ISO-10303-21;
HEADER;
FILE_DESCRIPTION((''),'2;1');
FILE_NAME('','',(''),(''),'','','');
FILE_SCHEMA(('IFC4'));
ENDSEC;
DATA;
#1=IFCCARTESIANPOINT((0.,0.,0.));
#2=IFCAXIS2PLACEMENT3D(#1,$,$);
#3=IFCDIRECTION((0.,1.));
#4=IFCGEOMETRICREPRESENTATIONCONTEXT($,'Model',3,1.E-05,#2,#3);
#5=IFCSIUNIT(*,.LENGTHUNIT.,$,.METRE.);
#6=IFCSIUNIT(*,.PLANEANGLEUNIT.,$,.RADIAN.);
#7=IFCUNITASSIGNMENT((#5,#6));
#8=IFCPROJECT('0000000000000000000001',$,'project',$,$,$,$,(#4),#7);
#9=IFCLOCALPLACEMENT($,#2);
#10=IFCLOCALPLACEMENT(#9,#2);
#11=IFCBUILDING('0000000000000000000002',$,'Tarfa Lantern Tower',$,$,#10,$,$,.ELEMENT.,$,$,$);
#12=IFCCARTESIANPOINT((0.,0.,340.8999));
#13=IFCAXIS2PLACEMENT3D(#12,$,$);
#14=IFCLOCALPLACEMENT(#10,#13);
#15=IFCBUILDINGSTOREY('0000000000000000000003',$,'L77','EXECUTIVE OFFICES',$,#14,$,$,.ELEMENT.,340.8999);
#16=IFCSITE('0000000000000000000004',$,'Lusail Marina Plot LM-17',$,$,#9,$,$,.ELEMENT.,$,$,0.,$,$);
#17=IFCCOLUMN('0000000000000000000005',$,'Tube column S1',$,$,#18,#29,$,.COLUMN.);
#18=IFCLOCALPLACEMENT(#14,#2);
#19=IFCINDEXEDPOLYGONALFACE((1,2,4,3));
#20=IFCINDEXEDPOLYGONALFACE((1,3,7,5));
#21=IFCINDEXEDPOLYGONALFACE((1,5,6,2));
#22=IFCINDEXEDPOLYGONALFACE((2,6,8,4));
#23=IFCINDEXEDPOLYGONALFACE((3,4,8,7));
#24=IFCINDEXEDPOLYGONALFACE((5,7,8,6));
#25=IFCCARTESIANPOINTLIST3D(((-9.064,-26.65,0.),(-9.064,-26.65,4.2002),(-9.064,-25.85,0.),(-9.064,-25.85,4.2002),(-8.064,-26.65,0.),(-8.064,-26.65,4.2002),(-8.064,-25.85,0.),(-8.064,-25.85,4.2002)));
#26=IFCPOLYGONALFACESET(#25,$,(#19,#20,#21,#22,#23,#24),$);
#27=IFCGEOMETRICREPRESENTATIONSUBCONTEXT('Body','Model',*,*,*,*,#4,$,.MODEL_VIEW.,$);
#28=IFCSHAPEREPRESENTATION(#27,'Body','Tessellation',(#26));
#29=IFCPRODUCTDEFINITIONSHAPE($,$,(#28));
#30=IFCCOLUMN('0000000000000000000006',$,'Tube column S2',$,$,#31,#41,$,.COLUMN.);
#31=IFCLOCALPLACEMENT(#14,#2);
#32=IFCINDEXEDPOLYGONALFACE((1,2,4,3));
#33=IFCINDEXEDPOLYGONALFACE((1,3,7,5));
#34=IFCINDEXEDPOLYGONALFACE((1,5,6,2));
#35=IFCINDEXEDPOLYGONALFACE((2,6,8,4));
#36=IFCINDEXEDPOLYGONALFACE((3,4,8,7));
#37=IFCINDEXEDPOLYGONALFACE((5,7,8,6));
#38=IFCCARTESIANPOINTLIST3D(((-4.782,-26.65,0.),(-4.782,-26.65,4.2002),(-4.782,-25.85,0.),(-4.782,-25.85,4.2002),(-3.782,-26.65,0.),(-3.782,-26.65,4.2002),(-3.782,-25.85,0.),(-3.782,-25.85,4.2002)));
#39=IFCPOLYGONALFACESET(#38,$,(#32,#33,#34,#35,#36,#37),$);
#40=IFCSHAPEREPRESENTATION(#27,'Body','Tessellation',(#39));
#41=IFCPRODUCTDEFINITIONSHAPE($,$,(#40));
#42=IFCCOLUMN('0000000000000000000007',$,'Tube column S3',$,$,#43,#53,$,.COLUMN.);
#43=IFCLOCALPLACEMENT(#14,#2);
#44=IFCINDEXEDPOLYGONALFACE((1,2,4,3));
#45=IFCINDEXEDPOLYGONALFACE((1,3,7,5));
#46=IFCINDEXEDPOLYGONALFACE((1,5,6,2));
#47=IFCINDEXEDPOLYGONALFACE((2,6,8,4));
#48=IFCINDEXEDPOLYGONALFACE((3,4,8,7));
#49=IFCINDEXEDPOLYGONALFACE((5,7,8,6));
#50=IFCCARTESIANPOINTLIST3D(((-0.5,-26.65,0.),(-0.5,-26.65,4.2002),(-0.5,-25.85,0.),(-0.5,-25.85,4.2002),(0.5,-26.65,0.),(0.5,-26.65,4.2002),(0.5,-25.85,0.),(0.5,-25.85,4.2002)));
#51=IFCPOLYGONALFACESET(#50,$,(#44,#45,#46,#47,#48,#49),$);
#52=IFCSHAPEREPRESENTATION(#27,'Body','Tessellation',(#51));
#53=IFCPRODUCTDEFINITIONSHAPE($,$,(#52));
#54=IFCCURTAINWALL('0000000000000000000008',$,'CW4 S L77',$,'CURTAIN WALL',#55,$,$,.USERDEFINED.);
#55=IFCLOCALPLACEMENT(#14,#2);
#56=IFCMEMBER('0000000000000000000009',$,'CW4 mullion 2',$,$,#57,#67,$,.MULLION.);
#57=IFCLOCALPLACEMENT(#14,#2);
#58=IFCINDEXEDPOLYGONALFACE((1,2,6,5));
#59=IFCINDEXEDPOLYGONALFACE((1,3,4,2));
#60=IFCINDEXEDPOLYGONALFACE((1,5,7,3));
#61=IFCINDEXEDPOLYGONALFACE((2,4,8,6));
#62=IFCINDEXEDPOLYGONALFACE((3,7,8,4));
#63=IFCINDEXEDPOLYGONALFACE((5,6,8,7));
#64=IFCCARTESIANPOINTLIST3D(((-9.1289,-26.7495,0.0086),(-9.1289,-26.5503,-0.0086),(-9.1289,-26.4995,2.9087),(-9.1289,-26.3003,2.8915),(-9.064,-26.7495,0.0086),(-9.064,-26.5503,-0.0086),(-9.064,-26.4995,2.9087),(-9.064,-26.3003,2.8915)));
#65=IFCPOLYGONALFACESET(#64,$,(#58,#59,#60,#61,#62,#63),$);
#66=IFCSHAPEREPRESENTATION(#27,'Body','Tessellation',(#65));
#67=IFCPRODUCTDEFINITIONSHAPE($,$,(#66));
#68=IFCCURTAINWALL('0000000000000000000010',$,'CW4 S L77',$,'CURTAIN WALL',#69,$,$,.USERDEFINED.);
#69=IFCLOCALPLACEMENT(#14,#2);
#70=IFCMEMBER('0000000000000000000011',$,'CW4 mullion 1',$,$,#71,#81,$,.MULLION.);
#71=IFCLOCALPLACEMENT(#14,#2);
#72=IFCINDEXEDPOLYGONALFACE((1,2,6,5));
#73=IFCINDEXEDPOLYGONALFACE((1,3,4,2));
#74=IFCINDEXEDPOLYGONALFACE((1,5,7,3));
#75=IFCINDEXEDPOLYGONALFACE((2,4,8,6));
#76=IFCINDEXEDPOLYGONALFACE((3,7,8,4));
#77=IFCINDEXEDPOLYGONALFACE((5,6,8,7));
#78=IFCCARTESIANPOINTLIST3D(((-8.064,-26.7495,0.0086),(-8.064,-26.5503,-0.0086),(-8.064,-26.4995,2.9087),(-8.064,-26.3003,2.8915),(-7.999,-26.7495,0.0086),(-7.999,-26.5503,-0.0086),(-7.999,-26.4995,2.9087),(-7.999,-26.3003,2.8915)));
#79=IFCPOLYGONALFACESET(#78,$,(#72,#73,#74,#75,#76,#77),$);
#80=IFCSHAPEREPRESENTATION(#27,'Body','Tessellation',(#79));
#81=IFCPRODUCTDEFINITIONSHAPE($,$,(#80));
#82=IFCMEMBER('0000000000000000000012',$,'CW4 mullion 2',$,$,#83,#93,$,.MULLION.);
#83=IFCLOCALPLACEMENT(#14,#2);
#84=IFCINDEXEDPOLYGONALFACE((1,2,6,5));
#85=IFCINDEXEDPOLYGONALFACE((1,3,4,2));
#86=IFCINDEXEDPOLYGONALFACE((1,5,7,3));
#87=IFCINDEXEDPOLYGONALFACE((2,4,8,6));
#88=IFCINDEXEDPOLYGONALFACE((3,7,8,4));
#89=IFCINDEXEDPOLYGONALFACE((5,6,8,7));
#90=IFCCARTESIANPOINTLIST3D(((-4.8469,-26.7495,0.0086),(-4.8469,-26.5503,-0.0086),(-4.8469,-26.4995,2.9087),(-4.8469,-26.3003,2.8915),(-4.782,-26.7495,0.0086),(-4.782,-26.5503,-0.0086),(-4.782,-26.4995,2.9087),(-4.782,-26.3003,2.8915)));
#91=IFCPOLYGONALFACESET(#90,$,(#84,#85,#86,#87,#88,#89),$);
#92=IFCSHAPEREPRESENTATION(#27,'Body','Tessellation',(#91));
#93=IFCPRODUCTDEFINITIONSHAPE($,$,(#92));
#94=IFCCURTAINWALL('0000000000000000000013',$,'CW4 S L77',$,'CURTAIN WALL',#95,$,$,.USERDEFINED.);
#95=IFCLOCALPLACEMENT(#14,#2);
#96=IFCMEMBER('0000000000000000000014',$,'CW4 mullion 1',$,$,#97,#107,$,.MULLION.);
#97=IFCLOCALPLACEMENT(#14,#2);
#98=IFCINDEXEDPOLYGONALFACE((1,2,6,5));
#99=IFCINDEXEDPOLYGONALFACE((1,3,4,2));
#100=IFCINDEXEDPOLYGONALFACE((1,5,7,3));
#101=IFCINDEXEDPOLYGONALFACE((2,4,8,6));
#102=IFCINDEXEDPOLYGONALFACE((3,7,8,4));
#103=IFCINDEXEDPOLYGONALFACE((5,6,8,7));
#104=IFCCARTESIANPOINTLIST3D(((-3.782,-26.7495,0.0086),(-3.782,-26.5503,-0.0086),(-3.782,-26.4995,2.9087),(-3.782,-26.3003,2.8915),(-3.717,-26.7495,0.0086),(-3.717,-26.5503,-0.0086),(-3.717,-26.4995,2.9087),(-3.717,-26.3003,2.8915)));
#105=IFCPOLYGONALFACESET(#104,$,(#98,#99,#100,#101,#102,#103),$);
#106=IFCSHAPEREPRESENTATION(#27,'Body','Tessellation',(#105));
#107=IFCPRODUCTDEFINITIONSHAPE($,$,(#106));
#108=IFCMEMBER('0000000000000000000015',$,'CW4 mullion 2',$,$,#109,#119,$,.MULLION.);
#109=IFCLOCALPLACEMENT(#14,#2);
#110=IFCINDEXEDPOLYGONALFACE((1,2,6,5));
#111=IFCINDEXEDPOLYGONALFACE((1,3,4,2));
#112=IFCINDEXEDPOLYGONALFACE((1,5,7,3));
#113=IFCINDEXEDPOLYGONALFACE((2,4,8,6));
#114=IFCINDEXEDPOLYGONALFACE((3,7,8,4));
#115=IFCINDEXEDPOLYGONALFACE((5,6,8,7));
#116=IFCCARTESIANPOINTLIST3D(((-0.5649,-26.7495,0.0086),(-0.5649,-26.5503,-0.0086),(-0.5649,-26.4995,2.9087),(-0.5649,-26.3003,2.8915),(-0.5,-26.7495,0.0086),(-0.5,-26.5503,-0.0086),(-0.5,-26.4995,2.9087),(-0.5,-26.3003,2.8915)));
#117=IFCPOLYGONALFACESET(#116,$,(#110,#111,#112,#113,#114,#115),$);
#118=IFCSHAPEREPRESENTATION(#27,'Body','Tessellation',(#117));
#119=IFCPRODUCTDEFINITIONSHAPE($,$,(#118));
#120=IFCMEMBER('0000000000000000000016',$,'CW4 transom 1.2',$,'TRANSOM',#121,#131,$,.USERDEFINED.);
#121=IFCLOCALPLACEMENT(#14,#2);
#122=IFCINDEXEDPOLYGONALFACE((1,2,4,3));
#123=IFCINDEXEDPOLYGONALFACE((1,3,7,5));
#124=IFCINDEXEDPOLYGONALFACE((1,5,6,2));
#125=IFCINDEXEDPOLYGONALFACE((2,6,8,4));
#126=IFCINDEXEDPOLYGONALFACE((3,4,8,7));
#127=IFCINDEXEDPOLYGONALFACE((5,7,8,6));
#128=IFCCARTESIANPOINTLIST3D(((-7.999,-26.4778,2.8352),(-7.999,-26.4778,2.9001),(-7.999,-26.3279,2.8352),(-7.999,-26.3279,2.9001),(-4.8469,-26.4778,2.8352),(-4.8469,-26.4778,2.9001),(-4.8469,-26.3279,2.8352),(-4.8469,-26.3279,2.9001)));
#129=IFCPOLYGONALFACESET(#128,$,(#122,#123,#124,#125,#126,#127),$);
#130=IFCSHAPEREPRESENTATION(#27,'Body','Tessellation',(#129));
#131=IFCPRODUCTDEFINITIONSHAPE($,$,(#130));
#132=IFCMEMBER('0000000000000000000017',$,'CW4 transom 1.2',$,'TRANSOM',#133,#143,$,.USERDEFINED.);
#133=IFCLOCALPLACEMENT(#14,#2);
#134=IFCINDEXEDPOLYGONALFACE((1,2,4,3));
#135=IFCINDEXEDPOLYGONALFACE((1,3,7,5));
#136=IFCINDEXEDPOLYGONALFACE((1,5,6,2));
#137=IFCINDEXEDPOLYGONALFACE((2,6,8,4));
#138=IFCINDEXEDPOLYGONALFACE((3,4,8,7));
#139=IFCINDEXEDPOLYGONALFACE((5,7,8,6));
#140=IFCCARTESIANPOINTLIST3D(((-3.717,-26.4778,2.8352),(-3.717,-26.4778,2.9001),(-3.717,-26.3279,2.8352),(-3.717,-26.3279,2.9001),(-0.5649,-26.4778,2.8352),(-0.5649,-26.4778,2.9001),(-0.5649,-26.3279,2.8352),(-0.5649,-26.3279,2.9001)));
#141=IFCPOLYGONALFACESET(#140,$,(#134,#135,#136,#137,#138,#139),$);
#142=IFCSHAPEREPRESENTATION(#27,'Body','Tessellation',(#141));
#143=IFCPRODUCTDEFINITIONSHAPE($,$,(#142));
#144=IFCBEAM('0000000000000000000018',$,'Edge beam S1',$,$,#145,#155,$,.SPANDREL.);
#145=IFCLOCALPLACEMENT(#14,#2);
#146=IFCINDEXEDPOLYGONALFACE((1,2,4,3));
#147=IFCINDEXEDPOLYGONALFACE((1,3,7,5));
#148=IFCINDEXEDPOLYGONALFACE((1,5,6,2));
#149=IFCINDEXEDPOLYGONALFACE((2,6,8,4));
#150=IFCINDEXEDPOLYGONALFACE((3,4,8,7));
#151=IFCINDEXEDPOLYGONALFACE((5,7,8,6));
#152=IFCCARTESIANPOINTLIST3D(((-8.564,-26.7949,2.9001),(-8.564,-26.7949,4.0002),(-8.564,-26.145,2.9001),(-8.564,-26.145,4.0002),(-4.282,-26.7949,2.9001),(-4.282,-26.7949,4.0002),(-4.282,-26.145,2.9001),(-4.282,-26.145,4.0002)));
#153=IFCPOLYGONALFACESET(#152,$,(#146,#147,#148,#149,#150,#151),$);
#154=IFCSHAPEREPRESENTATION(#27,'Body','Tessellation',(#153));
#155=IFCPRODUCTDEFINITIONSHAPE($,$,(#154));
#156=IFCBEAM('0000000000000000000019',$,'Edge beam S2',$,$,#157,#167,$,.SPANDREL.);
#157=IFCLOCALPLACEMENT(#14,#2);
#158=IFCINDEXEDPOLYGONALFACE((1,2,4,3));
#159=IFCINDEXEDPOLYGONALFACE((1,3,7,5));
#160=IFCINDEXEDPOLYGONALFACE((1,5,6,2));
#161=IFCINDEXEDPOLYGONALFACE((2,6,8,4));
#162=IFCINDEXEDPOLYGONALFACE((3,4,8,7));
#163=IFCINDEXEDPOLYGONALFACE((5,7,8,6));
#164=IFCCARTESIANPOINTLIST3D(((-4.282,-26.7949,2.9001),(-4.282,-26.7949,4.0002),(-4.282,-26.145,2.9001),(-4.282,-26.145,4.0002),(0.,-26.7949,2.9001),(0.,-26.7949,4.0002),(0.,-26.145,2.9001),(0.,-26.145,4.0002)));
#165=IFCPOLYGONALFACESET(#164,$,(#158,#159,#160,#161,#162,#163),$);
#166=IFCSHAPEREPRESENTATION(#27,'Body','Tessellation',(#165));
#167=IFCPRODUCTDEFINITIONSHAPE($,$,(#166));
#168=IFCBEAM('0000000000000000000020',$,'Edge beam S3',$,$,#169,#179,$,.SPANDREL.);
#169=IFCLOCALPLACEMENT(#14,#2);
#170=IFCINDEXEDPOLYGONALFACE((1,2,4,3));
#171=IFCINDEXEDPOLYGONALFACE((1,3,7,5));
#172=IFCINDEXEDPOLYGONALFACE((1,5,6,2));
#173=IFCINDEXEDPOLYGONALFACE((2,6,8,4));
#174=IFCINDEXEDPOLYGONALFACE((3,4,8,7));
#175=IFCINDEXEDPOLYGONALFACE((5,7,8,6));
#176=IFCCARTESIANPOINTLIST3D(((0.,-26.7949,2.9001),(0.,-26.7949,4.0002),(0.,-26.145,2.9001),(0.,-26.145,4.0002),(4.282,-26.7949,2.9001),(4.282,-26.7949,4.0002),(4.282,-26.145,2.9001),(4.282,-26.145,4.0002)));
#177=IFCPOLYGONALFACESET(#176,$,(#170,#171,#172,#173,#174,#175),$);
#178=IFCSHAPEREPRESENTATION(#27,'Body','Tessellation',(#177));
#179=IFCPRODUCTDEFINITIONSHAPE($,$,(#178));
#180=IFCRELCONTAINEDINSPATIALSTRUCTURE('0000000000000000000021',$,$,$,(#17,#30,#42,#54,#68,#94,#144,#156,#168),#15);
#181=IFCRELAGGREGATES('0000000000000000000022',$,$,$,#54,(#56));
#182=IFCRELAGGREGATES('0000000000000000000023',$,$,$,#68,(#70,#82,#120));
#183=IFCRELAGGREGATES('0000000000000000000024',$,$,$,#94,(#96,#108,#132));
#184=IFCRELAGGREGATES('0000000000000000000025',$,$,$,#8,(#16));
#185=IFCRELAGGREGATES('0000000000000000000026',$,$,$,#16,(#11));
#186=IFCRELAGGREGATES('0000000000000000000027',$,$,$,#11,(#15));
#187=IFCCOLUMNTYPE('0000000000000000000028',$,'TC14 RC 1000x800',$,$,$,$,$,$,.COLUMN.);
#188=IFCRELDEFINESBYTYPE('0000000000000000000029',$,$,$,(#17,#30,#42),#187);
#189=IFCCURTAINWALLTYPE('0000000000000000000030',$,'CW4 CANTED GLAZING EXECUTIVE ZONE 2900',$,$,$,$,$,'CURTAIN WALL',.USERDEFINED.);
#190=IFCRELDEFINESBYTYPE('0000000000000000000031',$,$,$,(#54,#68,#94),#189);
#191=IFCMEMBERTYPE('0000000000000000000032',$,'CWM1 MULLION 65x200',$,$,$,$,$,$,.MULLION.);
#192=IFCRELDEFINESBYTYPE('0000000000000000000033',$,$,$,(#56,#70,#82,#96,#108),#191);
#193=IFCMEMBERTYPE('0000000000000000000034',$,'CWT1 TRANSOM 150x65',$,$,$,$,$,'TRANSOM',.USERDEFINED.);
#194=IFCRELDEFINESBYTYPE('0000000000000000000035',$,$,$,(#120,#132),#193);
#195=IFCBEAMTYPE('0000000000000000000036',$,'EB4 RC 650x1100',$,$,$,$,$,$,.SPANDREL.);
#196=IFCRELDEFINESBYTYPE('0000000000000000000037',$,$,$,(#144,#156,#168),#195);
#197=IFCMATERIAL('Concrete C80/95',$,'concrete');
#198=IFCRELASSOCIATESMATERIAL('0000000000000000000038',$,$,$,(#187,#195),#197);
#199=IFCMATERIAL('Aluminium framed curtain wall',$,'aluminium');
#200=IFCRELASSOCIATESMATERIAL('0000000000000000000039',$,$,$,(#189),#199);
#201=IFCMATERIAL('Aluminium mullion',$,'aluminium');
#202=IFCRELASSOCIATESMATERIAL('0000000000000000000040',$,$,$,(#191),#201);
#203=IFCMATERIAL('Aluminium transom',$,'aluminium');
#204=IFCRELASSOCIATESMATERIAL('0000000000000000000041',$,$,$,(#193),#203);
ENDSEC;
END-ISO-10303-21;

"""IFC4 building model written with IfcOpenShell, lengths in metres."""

from ifc_helpers import new_model, si_unit, direction, frame, origin, origin_2d, place, context, subcontext, project, spatial, rectangle, extrude, material, material_profile, profile_set, type_object, element, aggregate, save


model = new_model("IFC4")

# Units and contexts
model_context = context("Model", 3, precision=1e-05, world=origin(), true_north=direction((0.0, 1.0)))
body_context = subcontext(model_context, "Body", "Model", "MODEL_VIEW")
ifc_project = project(units=[si_unit("LENGTHUNIT", "METRE"), si_unit("PLANEANGLEUNIT", "RADIAN")], contexts=[model_context])

# Site, building, storey
site_placement = place(None, origin())
site = spatial("IfcSite", under=ifc_project, at=site_placement, Name="Lusail Marina Plot LM-17", CompositionType="ELEMENT", RefElevation=0.0)
building_placement = place(site_placement, origin())
building = spatial("IfcBuilding", under=site, at=building_placement, Name="Tarfa Lantern Tower", CompositionType="ELEMENT")
storey_placement = place(building_placement, frame((0.0, 0.0, 340.8999)))
storey = spatial("IfcBuildingStorey", under=building, at=storey_placement, Name="L77", Description="EXECUTIVE OFFICES", CompositionType="ELEMENT", Elevation=340.8999)

# Columns
ifc_material_1 = material(Name="Concrete C80/95", Category="concrete")
ifc_material_profile_1 = material_profile(ifc_material_1, rectangle(XDim=1.0, YDim=0.8, at=origin_2d()), Name="RC 1000x800")
ifc_profile_set_1 = profile_set([ifc_material_profile_1], Name="Concrete C80/95")
column_type = type_object("IfcColumnType", Name="TC14 RC 1000x800", PredefinedType="COLUMN", material=ifc_profile_set_1)
for number, where, z_axis, x_axis, name in (
    (1, (-8.564, -26.25, 0.0), (0.0, 0.0, 1.0), (1.0, 0.0, 0.0), "Tube column S1"),
    (2, (-4.282, -26.25, 0.0), (0.0, 0.0, 1.0), (1.0, 0.0, 0.0), "Tube column S2"),
    (3, (0.0, -26.25, 0.0), (0.0, 0.0, 1.0), (1.0, 0.0, 0.0), "Tube column S3"),
):
    element("IfcColumn", number, at=place(storey_placement, frame(where, z_axis=z_axis, x_axis=x_axis)), inside=storey, type_object=column_type, Name=name, PredefinedType="COLUMN", context=body_context, shape_type="SweptSolid", body=[
        extrude(rectangle(XDim=1.0, YDim=0.8, at=origin_2d()), origin(), (0.0, 0.0, 1.0), 4.2002),
    ])

# Curtain wall, member
ifc_material_2 = material(Name="Aluminium framed curtain wall", Category="aluminium")
curtain_wall_type = type_object("IfcCurtainWallType", Name="CW4 CANTED GLAZING EXECUTIVE ZONE 2900", ElementType="CURTAIN WALL", PredefinedType="USERDEFINED", material=ifc_material_2)
curtain_wall_1_placement = place(storey_placement, origin())
curtain_wall_1 = element("IfcCurtainWall", 4, at=curtain_wall_1_placement, inside=storey, type_object=curtain_wall_type, Name="CW4 S L77", ObjectType="CURTAIN WALL", PredefinedType="USERDEFINED")
ifc_material_3 = material(Name="Aluminium mullion", Category="aluminium")
ifc_material_profile_2 = material_profile(ifc_material_3, rectangle(XDim=0.0649, YDim=0.2, at=origin_2d()), Name="AL MULLION 65x200")
ifc_profile_set_2 = profile_set([ifc_material_profile_2], Name="Aluminium mullion")
member_type_1 = type_object("IfcMemberType", Name="CWM1 MULLION 65x200", PredefinedType="MULLION", material=ifc_profile_set_2)
member_1_placement = place(storey_placement, frame((-9.0964, -26.6499, 0.0), z_axis=(0.0, 0.085884, 0.996305), x_axis=(-1.0, 0.0, 0.0)))
member_1 = element("IfcMember", 5, at=member_1_placement, type_object=member_type_1, Name="CW4 mullion 2", PredefinedType="MULLION", context=body_context, shape_type="SweptSolid", body=[
    extrude(rectangle(XDim=0.0649, YDim=0.2, at=origin_2d()), origin(), (0.0, 0.0, 1.0), 2.9109),
])
aggregate(curtain_wall_1, [member_1])

# Curtain walls, members
curtain_wall_2_placement = place(storey_placement, origin())
curtain_wall_2 = element("IfcCurtainWall", 6, at=curtain_wall_2_placement, inside=storey, type_object=curtain_wall_type, Name="CW4 S L77", ObjectType="CURTAIN WALL", PredefinedType="USERDEFINED")
member_2_placement = place(storey_placement, frame((-8.0315, -26.6499, 0.0), z_axis=(0.0, 0.085884, 0.996305), x_axis=(-1.0, 0.0, 0.0)))
member_2 = element("IfcMember", 7, at=member_2_placement, type_object=member_type_1, Name="CW4 mullion 1", PredefinedType="MULLION", context=body_context, shape_type="SweptSolid", body=[
    extrude(rectangle(XDim=0.0649, YDim=0.2, at=origin_2d()), origin(), (0.0, 0.0, 1.0), 2.9109),
])
member_3_placement = place(storey_placement, frame((-4.8145, -26.6499, 0.0), z_axis=(0.0, 0.085884, 0.996305), x_axis=(-1.0, 0.0, 0.0)))
member_3 = element("IfcMember", 8, at=member_3_placement, type_object=member_type_1, Name="CW4 mullion 2", PredefinedType="MULLION", context=body_context, shape_type="SweptSolid", body=[
    extrude(rectangle(XDim=0.0649, YDim=0.2, at=origin_2d()), origin(), (0.0, 0.0, 1.0), 2.9109),
])
curtain_wall_3_placement = place(storey_placement, origin())
curtain_wall_3 = element("IfcCurtainWall", 9, at=curtain_wall_3_placement, inside=storey, type_object=curtain_wall_type, Name="CW4 S L77", ObjectType="CURTAIN WALL", PredefinedType="USERDEFINED")
member_4_placement = place(storey_placement, frame((-3.7495, -26.6499, 0.0), z_axis=(0.0, 0.085884, 0.996305), x_axis=(-1.0, 0.0, 0.0)))
member_4 = element("IfcMember", 10, at=member_4_placement, type_object=member_type_1, Name="CW4 mullion 1", PredefinedType="MULLION", context=body_context, shape_type="SweptSolid", body=[
    extrude(rectangle(XDim=0.0649, YDim=0.2, at=origin_2d()), origin(), (0.0, 0.0, 1.0), 2.9109),
])
member_5_placement = place(storey_placement, frame((-0.5325, -26.6499, 0.0), z_axis=(0.0, 0.085884, 0.996305), x_axis=(-1.0, 0.0, 0.0)))
member_5 = element("IfcMember", 11, at=member_5_placement, type_object=member_type_1, Name="CW4 mullion 2", PredefinedType="MULLION", context=body_context, shape_type="SweptSolid", body=[
    extrude(rectangle(XDim=0.0649, YDim=0.2, at=origin_2d()), origin(), (0.0, 0.0, 1.0), 2.9109),
])

# Members
ifc_material_4 = material(Name="Aluminium transom", Category="aluminium")
ifc_material_profile_3 = material_profile(ifc_material_4, rectangle(XDim=0.1499, YDim=0.0649, at=origin_2d()), Name="AL TRANSOM 150x65")
ifc_profile_set_3 = profile_set([ifc_material_profile_3], Name="Aluminium transom")
member_type_2 = type_object("IfcMemberType", Name="CWT1 TRANSOM 150x65", ElementType="TRANSOM", PredefinedType="USERDEFINED", material=ifc_profile_set_3)
member_6_placement = place(storey_placement, frame((-7.999, -26.4028, 2.8677), z_axis=(1.0, 0.0, 0.0), x_axis=(0.0, 1.0, 0.0)))
member_6 = element("IfcMember", 12, at=member_6_placement, type_object=member_type_2, Name="CW4 transom 1.2", ObjectType="TRANSOM", PredefinedType="USERDEFINED", context=body_context, shape_type="SweptSolid", body=[
    extrude(rectangle(XDim=0.1499, YDim=0.0649, at=origin_2d()), origin(), (0.0, 0.0, 1.0), 3.1521),
])
member_7_placement = place(storey_placement, frame((-3.717, -26.4028, 2.8677), z_axis=(1.0, 0.0, 0.0), x_axis=(0.0, 1.0, 0.0)))
member_7 = element("IfcMember", 13, at=member_7_placement, type_object=member_type_2, Name="CW4 transom 1.2", ObjectType="TRANSOM", PredefinedType="USERDEFINED", context=body_context, shape_type="SweptSolid", body=[
    extrude(rectangle(XDim=0.1499, YDim=0.0649, at=origin_2d()), origin(), (0.0, 0.0, 1.0), 3.1521),
])

# Beams
ifc_material_profile_4 = material_profile(ifc_material_1, rectangle(XDim=0.6499, YDim=1.1001, at=origin_2d()), Name="RC 650x1100")
ifc_profile_set_4 = profile_set([ifc_material_profile_4], Name="Concrete C80/95")
beam_type_1 = type_object("IfcBeamType", Name="EB4 RC 650x1100", PredefinedType="SPANDREL", material=ifc_profile_set_4)
for number, where, z_axis, x_axis, name in (
    (14, (-8.564, -26.47, 3.4502), (1.0, 0.0, 0.0), (0.0, 1.0, 0.0), "Edge beam S1"),
    (15, (-4.282, -26.47, 3.4502), (1.0, 0.0, 0.0), (0.0, 1.0, 0.0), "Edge beam S2"),
    (16, (0.0, -26.47, 3.4502), (1.0, 0.0, 0.0), (0.0, 1.0, 0.0), "Edge beam S3"),
):
    element("IfcBeam", number, at=place(storey_placement, frame(where, z_axis=z_axis, x_axis=x_axis)), inside=storey, type_object=beam_type_1, Name=name, PredefinedType="SPANDREL", context=body_context, shape_type="SweptSolid", body=[
        extrude(rectangle(XDim=0.6499, YDim=1.1001, at=origin_2d()), origin(), (0.0, 0.0, 1.0), 4.282),
    ])

aggregate(curtain_wall_2, [member_2, member_3, member_6])
aggregate(curtain_wall_3, [member_4, member_5, member_7])

save(model, "model.ifc")
